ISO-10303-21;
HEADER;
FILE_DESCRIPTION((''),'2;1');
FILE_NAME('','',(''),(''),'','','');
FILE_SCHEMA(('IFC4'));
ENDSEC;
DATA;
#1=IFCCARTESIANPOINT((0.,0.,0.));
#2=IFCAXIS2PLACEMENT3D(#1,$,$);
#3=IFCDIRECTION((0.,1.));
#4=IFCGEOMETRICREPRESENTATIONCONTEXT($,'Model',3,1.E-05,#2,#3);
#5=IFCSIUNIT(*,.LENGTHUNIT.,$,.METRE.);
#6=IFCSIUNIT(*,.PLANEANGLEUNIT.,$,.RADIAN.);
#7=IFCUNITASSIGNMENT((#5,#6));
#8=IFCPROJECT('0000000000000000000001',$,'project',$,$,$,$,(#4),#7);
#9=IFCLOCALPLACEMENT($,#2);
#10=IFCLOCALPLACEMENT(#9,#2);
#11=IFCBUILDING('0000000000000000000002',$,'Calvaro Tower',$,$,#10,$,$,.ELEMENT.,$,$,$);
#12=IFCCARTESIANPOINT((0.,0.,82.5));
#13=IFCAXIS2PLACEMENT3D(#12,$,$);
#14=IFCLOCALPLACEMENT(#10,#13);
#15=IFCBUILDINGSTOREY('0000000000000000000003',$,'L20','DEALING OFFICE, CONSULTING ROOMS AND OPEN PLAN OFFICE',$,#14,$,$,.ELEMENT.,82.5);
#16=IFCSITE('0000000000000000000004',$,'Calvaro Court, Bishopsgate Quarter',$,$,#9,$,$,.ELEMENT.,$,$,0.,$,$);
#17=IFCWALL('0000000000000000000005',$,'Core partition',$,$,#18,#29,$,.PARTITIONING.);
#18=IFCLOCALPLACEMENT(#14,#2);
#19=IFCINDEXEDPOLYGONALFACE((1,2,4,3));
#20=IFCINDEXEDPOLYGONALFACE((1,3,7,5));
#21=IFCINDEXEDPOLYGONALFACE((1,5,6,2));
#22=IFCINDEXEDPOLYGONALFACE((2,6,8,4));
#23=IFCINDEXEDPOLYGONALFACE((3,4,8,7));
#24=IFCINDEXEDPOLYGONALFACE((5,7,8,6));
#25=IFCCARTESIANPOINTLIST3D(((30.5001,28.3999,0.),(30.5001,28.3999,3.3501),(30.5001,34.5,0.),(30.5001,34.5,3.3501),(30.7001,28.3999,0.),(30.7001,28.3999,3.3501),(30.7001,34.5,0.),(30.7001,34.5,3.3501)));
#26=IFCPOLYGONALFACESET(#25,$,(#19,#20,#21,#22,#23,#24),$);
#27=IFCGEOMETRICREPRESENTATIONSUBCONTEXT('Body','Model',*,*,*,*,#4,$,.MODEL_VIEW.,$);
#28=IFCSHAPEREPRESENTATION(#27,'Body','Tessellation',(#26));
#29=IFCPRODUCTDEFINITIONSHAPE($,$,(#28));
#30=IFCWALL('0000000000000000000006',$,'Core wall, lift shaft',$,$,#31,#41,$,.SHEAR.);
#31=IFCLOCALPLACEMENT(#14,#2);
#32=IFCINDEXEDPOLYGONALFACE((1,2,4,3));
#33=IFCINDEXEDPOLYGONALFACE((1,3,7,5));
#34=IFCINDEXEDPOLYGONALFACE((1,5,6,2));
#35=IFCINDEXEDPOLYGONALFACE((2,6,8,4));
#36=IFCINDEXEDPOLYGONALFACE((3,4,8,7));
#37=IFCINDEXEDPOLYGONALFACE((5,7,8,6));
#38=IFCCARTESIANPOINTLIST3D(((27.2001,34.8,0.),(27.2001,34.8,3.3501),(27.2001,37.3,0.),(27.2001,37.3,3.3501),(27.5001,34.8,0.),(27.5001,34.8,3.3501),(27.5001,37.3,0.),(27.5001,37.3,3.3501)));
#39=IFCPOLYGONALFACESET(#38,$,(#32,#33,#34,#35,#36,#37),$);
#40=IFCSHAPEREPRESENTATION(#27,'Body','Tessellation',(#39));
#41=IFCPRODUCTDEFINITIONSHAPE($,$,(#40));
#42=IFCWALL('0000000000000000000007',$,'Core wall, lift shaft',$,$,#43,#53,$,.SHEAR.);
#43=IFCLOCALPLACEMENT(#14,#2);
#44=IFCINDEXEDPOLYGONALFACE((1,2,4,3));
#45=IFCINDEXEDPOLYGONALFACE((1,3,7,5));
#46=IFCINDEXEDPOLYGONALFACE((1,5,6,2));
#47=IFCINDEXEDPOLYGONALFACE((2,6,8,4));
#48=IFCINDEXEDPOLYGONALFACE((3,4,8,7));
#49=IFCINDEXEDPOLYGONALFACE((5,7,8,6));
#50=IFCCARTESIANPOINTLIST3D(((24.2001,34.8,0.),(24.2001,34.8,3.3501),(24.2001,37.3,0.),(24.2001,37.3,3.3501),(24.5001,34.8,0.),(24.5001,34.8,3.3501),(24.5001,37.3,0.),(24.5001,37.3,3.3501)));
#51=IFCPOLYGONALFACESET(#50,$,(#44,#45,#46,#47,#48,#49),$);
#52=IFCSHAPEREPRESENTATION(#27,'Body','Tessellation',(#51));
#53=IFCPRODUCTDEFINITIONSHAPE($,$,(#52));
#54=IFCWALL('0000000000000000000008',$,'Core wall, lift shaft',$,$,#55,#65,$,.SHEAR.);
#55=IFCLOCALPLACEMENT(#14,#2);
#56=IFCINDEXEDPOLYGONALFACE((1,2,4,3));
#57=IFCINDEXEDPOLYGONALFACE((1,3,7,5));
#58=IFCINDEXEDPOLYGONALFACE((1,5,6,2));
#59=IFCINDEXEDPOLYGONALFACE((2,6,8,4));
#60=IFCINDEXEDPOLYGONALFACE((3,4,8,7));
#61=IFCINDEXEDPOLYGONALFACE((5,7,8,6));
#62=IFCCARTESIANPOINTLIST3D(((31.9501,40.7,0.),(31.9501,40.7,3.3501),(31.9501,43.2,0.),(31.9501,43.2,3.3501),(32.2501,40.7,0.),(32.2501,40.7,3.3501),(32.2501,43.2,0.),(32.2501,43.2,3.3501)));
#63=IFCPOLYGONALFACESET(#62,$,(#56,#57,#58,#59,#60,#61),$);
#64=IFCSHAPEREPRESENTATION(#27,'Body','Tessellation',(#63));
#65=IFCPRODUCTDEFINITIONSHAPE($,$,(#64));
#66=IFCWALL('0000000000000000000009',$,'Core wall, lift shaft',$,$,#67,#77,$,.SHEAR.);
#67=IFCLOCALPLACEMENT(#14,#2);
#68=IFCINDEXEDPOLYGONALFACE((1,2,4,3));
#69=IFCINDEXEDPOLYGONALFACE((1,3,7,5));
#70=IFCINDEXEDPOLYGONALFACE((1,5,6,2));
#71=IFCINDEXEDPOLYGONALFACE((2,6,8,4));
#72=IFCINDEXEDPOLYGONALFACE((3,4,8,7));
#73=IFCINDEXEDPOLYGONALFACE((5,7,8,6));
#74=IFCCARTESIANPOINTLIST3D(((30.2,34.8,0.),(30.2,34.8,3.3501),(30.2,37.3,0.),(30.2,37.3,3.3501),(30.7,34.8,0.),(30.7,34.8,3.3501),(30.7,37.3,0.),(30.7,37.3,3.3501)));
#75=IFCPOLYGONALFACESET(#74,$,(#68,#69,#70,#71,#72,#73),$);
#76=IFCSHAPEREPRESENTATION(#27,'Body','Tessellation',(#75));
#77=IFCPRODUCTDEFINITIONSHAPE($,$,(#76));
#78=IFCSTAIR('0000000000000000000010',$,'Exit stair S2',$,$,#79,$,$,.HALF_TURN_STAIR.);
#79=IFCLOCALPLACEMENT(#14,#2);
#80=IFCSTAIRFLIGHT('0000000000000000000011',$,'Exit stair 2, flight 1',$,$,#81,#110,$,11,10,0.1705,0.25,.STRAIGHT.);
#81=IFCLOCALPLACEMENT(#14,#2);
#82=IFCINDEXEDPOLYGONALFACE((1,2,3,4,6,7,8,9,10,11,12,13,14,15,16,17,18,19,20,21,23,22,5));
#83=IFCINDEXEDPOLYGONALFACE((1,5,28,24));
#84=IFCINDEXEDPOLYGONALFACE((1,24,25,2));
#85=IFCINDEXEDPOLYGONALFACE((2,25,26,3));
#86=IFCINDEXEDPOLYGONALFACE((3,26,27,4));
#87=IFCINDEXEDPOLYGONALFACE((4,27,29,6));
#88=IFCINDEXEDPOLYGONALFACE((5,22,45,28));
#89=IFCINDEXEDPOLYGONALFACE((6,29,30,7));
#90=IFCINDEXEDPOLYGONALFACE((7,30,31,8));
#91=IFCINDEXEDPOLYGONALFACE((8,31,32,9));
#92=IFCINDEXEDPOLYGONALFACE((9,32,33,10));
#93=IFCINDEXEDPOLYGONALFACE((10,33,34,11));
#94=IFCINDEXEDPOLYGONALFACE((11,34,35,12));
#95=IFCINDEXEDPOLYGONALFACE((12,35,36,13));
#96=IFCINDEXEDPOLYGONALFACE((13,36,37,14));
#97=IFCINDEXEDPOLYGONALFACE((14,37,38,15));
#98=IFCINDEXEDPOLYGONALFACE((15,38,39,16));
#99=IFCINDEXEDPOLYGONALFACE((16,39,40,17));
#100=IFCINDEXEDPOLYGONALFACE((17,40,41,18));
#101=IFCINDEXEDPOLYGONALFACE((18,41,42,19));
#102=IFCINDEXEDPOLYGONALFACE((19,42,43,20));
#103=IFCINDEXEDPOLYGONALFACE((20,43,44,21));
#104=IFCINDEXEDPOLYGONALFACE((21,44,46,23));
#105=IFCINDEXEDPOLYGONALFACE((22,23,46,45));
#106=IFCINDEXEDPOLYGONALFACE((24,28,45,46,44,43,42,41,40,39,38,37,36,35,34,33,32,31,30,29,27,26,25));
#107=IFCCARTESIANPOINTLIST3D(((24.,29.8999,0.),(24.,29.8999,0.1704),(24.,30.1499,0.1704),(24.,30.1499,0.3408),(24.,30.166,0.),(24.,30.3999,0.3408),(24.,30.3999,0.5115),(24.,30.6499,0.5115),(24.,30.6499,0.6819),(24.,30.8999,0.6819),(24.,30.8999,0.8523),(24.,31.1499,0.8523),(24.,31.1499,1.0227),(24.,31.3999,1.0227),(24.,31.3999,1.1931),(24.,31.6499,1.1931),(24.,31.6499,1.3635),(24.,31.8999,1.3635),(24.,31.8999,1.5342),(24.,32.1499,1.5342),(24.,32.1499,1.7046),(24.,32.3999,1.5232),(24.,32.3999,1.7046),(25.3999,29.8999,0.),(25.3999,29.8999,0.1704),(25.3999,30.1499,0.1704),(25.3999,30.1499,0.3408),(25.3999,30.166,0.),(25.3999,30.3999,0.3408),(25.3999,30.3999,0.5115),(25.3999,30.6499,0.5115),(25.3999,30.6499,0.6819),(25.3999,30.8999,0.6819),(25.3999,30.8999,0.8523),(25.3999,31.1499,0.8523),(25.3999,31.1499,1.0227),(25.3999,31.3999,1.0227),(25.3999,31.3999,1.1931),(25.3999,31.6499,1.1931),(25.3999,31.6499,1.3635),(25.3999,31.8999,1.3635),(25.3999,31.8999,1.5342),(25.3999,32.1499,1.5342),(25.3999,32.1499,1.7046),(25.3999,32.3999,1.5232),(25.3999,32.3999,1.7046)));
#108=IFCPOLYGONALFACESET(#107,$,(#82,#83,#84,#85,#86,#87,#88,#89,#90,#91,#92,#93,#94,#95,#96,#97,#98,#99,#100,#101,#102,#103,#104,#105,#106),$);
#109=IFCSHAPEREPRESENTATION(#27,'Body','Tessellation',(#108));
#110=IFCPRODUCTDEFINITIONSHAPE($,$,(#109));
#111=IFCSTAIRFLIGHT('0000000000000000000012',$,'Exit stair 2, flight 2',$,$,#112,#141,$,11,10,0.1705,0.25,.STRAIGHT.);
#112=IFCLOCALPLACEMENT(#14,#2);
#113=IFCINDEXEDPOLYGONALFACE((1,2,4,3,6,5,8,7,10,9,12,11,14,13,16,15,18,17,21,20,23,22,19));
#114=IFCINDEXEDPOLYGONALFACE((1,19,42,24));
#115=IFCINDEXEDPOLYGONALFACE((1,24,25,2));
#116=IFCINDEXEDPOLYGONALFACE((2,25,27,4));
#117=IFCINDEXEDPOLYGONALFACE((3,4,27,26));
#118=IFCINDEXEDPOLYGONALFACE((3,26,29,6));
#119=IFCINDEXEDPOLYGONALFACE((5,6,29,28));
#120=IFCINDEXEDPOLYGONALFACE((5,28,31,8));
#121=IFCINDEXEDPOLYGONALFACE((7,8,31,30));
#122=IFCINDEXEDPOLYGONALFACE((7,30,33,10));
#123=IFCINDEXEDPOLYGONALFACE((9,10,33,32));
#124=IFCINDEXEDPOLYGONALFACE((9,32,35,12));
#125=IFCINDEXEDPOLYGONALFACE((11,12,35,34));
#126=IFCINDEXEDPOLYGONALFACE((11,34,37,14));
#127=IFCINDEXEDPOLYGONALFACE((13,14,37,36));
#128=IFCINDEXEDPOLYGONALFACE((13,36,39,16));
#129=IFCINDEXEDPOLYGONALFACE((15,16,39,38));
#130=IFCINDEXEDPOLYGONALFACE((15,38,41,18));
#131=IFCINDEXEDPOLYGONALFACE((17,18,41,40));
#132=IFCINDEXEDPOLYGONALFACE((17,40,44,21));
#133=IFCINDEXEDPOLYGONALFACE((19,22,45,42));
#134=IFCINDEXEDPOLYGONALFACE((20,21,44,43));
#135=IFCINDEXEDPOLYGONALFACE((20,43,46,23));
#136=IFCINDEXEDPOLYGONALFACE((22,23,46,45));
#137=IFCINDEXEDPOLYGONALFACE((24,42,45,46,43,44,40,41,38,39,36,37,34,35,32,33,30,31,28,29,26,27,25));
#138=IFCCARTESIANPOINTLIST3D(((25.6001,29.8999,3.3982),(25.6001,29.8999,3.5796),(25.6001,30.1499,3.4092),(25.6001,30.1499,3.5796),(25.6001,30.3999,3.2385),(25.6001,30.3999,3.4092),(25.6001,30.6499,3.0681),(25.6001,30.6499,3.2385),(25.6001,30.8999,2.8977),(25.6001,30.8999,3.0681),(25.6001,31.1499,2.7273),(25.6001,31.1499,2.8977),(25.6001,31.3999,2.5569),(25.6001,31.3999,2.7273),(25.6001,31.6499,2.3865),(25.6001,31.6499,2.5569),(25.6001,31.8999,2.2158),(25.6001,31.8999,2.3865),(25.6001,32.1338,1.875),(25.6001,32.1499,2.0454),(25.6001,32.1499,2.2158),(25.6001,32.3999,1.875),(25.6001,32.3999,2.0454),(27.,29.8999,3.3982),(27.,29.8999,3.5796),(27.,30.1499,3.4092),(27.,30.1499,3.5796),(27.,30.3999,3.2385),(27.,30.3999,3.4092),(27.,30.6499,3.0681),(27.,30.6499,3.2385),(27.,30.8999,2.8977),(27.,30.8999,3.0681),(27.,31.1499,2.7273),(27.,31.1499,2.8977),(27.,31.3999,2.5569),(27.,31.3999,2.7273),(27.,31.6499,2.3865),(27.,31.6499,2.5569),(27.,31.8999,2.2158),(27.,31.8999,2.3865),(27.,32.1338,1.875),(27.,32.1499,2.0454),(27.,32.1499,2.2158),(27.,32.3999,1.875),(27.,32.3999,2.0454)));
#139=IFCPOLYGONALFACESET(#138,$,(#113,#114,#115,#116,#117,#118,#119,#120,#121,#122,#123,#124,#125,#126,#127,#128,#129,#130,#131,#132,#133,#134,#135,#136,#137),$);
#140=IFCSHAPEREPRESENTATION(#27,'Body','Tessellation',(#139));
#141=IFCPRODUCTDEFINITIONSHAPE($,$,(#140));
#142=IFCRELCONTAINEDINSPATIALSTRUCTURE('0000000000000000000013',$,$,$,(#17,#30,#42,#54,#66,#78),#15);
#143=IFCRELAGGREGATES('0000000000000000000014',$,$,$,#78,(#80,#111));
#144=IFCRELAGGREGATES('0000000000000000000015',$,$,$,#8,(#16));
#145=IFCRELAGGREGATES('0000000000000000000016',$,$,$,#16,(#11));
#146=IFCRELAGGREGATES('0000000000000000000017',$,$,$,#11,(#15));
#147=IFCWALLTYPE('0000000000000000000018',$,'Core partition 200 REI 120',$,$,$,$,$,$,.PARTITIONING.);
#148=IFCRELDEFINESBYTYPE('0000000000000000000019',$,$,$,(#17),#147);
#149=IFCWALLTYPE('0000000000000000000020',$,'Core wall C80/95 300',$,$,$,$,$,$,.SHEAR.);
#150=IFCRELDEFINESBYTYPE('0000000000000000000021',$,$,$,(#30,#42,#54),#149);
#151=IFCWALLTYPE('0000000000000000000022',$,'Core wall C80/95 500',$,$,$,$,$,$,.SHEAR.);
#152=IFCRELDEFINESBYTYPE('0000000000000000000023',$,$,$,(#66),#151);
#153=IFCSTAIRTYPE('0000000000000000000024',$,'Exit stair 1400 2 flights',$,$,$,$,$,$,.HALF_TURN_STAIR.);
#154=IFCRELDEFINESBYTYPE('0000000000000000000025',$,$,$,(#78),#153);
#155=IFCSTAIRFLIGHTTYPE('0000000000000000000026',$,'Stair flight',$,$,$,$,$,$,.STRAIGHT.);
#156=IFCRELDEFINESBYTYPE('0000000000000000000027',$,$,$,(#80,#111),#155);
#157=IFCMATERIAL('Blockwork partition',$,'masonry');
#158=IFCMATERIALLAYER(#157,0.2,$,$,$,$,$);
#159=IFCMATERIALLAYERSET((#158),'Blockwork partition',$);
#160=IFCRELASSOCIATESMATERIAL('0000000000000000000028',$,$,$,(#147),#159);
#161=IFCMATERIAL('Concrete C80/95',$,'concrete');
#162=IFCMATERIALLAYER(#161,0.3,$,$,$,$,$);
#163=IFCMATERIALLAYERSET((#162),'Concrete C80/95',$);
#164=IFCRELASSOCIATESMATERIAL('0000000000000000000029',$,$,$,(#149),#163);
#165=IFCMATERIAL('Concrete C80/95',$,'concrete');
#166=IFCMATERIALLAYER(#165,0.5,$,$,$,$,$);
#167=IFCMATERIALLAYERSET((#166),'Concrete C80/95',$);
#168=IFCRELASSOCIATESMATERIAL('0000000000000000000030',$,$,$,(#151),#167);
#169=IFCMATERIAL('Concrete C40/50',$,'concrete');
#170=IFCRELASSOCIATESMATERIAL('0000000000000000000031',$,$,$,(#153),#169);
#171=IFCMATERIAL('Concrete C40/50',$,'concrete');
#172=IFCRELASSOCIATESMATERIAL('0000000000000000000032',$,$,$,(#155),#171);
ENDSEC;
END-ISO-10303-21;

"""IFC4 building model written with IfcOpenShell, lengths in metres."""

from ifc_helpers import new_model, si_unit, direction, frame, frame_2d, origin, place, context, subcontext, project, spatial, polyline, rectangle, outline, extrude, material, layer, layer_set, type_object, element, aggregate, save


model = new_model("IFC4")

# Units and contexts
model_context = context("Model", 3, precision=1e-05, world=origin(), true_north=direction((0.0, 1.0)))
body_context = subcontext(model_context, "Body", "Model", "MODEL_VIEW")
ifc_project = project(units=[si_unit("LENGTHUNIT", "METRE"), si_unit("PLANEANGLEUNIT", "RADIAN")], contexts=[model_context])

# Site, building, storey
site_placement = place(None, origin())
site = spatial("IfcSite", under=ifc_project, at=site_placement, Name="Calvaro Court, Bishopsgate Quarter", CompositionType="ELEMENT", RefElevation=0.0)
building_placement = place(site_placement, origin())
building = spatial("IfcBuilding", under=site, at=building_placement, Name="Calvaro Tower", CompositionType="ELEMENT")
storey_placement = place(building_placement, frame((0.0, 0.0, 82.5)))
storey = spatial("IfcBuildingStorey", under=building, at=storey_placement, Name="L20", Description="DEALING OFFICE, CONSULTING ROOMS AND OPEN PLAN OFFICE", CompositionType="ELEMENT", Elevation=82.5)

# Walls
ifc_material_1 = material(Name="Blockwork partition", Category="masonry")
ifc_layer_1 = layer(ifc_material_1, 0.2)
ifc_layer_set_1 = layer_set([ifc_layer_1], Name="Blockwork partition")
wall_type_1 = type_object("IfcWallType", Name="Core partition 200 REI 120", PredefinedType="PARTITIONING", material=ifc_layer_set_1)
wall_1_placement = place(storey_placement, frame((30.6001, 28.3999, 0.0), z_axis=(0.0, 0.0, 1.0), x_axis=(0.0, 1.0, 0.0)))
element("IfcWall", 1, at=wall_1_placement, inside=storey, type_object=wall_type_1, Name="Core partition", PredefinedType="PARTITIONING", context=body_context, shape_type="SweptSolid", body=[
    extrude(rectangle(XDim=6.1001, YDim=0.2, at=frame_2d((3.05, 0.0))), origin(), (0.0, 0.0, 1.0), 3.3501),
])
ifc_material_2 = material(Name="Concrete C80/95", Category="concrete")
ifc_layer_2 = layer(ifc_material_2, 0.3)
ifc_layer_set_2 = layer_set([ifc_layer_2], Name="Concrete C80/95")
wall_type_2 = type_object("IfcWallType", Name="Core wall C80/95 300", PredefinedType="SHEAR", material=ifc_layer_set_2)
for number, where, z_axis, x_axis, name in (
    (2, (27.3501, 34.8, 0.0), (0.0, 0.0, 1.0), (0.0, 1.0, 0.0), "Core wall, lift shaft"),
    (3, (24.3501, 34.8, 0.0), (0.0, 0.0, 1.0), (0.0, 1.0, 0.0), "Core wall, lift shaft"),
    (4, (32.1001, 40.7, 0.0), (0.0, 0.0, 1.0), (0.0, 1.0, 0.0), "Core wall, lift shaft"),
):
    element("IfcWall", number, at=place(storey_placement, frame(where, z_axis=z_axis, x_axis=x_axis)), inside=storey, type_object=wall_type_2, Name=name, PredefinedType="SHEAR", context=body_context, shape_type="SweptSolid", body=[
        extrude(rectangle(XDim=2.5, YDim=0.3, at=frame_2d((1.25, 0.0))), origin(), (0.0, 0.0, 1.0), 3.3501),
    ])
ifc_material_3 = material(Name="Concrete C80/95", Category="concrete")
ifc_layer_3 = layer(ifc_material_3, 0.5)
ifc_layer_set_3 = layer_set([ifc_layer_3], Name="Concrete C80/95")
wall_type_3 = type_object("IfcWallType", Name="Core wall C80/95 500", PredefinedType="SHEAR", material=ifc_layer_set_3)
wall_2_placement = place(storey_placement, frame((30.45, 34.8, 0.0), z_axis=(0.0, 0.0, 1.0), x_axis=(0.0, 1.0, 0.0)))
element("IfcWall", 5, at=wall_2_placement, inside=storey, type_object=wall_type_3, Name="Core wall, lift shaft", PredefinedType="SHEAR", context=body_context, shape_type="SweptSolid", body=[
    extrude(rectangle(XDim=2.5, YDim=0.5, at=frame_2d((1.25, 0.0))), origin(), (0.0, 0.0, 1.0), 3.3501),
])

# Stair, stair flights
ifc_material_4 = material(Name="Concrete C40/50", Category="concrete")
stair_type = type_object("IfcStairType", Name="Exit stair 1400 2 flights", PredefinedType="HALF_TURN_STAIR", material=ifc_material_4)
stair_placement = place(storey_placement, origin())
stair = element("IfcStair", 6, at=stair_placement, inside=storey, type_object=stair_type, Name="Exit stair S2", PredefinedType="HALF_TURN_STAIR")
ifc_material_5 = material(Name="Concrete C40/50", Category="concrete")
stair_flight_type = type_object("IfcStairFlightType", Name="Stair flight", PredefinedType="STRAIGHT", material=ifc_material_5)
stair_flight_1_placement = place(storey_placement, frame((24.7, 29.8999, 0.0), z_axis=(0.0, 0.0, 1.0), x_axis=(0.0, 1.0, 0.0)))
stair_flight_1 = element("IfcStairFlight", 7, at=stair_flight_1_placement, type_object=stair_flight_type, Name="Exit stair 2, flight 1", NumberOfRisers=11, NumberOfTreads=10, PredefinedType="STRAIGHT", RiserHeight=0.1705, TreadLength=0.25, context=body_context, shape_type="SweptSolid", body=[
    extrude(outline(polyline([(0.0, 0.0), (0.0, 0.1704), (0.25, 0.1704), (0.25, 0.3408), (0.5, 0.3408), (0.5, 0.5115), (0.75, 0.5115), (0.75, 0.6819), (1.0, 0.6819), (1.0, 0.8523), (1.25, 0.8523), (1.25, 1.0227), (1.5, 1.0227), (1.5, 1.1931), (1.75, 1.1931), (1.75, 1.3635), (2.0, 1.3635), (2.0, 1.5342), (2.25, 1.5342), (2.25, 1.7046), (2.5, 1.7046), (2.5, 1.875), (2.5, 1.5232), (0.2661, 0.0), (0.0, 0.0)])), frame((0.0, 0.7, 0.0), z_axis=(0.0, -1.0, 0.0), x_axis=(1.0, 0.0, 0.0)), (0.0, 0.0, 1.0), 1.3999),
])
stair_flight_2_placement = place(storey_placement, frame((26.3, 32.3999, 1.875), z_axis=(0.0, 0.0, 1.0), x_axis=(0.0, -1.0, 0.0)))
stair_flight_2 = element("IfcStairFlight", 8, at=stair_flight_2_placement, type_object=stair_flight_type, Name="Exit stair 2, flight 2", NumberOfRisers=11, NumberOfTreads=10, PredefinedType="STRAIGHT", RiserHeight=0.1705, TreadLength=0.25, context=body_context, shape_type="SweptSolid", body=[
    extrude(outline(polyline([(0.0, 0.0), (0.0, 0.1704), (0.25, 0.1704), (0.25, 0.3408), (0.5, 0.3408), (0.5, 0.5115), (0.75, 0.5115), (0.75, 0.6819), (1.0, 0.6819), (1.0, 0.8523), (1.25, 0.8523), (1.25, 1.0227), (1.5, 1.0227), (1.5, 1.1931), (1.75, 1.1931), (1.75, 1.3635), (2.0, 1.3635), (2.0, 1.5342), (2.25, 1.5342), (2.25, 1.7046), (2.5, 1.7046), (2.5, 1.875), (2.5, 1.5232), (0.2661, 0.0), (0.0, 0.0)])), frame((0.0, 0.7, 0.0), z_axis=(0.0, -1.0, 0.0), x_axis=(1.0, 0.0, 0.0)), (0.0, 0.0, 1.0), 1.3999),
])
aggregate(stair, [stair_flight_1, stair_flight_2])

save(model, "model.ifc")
